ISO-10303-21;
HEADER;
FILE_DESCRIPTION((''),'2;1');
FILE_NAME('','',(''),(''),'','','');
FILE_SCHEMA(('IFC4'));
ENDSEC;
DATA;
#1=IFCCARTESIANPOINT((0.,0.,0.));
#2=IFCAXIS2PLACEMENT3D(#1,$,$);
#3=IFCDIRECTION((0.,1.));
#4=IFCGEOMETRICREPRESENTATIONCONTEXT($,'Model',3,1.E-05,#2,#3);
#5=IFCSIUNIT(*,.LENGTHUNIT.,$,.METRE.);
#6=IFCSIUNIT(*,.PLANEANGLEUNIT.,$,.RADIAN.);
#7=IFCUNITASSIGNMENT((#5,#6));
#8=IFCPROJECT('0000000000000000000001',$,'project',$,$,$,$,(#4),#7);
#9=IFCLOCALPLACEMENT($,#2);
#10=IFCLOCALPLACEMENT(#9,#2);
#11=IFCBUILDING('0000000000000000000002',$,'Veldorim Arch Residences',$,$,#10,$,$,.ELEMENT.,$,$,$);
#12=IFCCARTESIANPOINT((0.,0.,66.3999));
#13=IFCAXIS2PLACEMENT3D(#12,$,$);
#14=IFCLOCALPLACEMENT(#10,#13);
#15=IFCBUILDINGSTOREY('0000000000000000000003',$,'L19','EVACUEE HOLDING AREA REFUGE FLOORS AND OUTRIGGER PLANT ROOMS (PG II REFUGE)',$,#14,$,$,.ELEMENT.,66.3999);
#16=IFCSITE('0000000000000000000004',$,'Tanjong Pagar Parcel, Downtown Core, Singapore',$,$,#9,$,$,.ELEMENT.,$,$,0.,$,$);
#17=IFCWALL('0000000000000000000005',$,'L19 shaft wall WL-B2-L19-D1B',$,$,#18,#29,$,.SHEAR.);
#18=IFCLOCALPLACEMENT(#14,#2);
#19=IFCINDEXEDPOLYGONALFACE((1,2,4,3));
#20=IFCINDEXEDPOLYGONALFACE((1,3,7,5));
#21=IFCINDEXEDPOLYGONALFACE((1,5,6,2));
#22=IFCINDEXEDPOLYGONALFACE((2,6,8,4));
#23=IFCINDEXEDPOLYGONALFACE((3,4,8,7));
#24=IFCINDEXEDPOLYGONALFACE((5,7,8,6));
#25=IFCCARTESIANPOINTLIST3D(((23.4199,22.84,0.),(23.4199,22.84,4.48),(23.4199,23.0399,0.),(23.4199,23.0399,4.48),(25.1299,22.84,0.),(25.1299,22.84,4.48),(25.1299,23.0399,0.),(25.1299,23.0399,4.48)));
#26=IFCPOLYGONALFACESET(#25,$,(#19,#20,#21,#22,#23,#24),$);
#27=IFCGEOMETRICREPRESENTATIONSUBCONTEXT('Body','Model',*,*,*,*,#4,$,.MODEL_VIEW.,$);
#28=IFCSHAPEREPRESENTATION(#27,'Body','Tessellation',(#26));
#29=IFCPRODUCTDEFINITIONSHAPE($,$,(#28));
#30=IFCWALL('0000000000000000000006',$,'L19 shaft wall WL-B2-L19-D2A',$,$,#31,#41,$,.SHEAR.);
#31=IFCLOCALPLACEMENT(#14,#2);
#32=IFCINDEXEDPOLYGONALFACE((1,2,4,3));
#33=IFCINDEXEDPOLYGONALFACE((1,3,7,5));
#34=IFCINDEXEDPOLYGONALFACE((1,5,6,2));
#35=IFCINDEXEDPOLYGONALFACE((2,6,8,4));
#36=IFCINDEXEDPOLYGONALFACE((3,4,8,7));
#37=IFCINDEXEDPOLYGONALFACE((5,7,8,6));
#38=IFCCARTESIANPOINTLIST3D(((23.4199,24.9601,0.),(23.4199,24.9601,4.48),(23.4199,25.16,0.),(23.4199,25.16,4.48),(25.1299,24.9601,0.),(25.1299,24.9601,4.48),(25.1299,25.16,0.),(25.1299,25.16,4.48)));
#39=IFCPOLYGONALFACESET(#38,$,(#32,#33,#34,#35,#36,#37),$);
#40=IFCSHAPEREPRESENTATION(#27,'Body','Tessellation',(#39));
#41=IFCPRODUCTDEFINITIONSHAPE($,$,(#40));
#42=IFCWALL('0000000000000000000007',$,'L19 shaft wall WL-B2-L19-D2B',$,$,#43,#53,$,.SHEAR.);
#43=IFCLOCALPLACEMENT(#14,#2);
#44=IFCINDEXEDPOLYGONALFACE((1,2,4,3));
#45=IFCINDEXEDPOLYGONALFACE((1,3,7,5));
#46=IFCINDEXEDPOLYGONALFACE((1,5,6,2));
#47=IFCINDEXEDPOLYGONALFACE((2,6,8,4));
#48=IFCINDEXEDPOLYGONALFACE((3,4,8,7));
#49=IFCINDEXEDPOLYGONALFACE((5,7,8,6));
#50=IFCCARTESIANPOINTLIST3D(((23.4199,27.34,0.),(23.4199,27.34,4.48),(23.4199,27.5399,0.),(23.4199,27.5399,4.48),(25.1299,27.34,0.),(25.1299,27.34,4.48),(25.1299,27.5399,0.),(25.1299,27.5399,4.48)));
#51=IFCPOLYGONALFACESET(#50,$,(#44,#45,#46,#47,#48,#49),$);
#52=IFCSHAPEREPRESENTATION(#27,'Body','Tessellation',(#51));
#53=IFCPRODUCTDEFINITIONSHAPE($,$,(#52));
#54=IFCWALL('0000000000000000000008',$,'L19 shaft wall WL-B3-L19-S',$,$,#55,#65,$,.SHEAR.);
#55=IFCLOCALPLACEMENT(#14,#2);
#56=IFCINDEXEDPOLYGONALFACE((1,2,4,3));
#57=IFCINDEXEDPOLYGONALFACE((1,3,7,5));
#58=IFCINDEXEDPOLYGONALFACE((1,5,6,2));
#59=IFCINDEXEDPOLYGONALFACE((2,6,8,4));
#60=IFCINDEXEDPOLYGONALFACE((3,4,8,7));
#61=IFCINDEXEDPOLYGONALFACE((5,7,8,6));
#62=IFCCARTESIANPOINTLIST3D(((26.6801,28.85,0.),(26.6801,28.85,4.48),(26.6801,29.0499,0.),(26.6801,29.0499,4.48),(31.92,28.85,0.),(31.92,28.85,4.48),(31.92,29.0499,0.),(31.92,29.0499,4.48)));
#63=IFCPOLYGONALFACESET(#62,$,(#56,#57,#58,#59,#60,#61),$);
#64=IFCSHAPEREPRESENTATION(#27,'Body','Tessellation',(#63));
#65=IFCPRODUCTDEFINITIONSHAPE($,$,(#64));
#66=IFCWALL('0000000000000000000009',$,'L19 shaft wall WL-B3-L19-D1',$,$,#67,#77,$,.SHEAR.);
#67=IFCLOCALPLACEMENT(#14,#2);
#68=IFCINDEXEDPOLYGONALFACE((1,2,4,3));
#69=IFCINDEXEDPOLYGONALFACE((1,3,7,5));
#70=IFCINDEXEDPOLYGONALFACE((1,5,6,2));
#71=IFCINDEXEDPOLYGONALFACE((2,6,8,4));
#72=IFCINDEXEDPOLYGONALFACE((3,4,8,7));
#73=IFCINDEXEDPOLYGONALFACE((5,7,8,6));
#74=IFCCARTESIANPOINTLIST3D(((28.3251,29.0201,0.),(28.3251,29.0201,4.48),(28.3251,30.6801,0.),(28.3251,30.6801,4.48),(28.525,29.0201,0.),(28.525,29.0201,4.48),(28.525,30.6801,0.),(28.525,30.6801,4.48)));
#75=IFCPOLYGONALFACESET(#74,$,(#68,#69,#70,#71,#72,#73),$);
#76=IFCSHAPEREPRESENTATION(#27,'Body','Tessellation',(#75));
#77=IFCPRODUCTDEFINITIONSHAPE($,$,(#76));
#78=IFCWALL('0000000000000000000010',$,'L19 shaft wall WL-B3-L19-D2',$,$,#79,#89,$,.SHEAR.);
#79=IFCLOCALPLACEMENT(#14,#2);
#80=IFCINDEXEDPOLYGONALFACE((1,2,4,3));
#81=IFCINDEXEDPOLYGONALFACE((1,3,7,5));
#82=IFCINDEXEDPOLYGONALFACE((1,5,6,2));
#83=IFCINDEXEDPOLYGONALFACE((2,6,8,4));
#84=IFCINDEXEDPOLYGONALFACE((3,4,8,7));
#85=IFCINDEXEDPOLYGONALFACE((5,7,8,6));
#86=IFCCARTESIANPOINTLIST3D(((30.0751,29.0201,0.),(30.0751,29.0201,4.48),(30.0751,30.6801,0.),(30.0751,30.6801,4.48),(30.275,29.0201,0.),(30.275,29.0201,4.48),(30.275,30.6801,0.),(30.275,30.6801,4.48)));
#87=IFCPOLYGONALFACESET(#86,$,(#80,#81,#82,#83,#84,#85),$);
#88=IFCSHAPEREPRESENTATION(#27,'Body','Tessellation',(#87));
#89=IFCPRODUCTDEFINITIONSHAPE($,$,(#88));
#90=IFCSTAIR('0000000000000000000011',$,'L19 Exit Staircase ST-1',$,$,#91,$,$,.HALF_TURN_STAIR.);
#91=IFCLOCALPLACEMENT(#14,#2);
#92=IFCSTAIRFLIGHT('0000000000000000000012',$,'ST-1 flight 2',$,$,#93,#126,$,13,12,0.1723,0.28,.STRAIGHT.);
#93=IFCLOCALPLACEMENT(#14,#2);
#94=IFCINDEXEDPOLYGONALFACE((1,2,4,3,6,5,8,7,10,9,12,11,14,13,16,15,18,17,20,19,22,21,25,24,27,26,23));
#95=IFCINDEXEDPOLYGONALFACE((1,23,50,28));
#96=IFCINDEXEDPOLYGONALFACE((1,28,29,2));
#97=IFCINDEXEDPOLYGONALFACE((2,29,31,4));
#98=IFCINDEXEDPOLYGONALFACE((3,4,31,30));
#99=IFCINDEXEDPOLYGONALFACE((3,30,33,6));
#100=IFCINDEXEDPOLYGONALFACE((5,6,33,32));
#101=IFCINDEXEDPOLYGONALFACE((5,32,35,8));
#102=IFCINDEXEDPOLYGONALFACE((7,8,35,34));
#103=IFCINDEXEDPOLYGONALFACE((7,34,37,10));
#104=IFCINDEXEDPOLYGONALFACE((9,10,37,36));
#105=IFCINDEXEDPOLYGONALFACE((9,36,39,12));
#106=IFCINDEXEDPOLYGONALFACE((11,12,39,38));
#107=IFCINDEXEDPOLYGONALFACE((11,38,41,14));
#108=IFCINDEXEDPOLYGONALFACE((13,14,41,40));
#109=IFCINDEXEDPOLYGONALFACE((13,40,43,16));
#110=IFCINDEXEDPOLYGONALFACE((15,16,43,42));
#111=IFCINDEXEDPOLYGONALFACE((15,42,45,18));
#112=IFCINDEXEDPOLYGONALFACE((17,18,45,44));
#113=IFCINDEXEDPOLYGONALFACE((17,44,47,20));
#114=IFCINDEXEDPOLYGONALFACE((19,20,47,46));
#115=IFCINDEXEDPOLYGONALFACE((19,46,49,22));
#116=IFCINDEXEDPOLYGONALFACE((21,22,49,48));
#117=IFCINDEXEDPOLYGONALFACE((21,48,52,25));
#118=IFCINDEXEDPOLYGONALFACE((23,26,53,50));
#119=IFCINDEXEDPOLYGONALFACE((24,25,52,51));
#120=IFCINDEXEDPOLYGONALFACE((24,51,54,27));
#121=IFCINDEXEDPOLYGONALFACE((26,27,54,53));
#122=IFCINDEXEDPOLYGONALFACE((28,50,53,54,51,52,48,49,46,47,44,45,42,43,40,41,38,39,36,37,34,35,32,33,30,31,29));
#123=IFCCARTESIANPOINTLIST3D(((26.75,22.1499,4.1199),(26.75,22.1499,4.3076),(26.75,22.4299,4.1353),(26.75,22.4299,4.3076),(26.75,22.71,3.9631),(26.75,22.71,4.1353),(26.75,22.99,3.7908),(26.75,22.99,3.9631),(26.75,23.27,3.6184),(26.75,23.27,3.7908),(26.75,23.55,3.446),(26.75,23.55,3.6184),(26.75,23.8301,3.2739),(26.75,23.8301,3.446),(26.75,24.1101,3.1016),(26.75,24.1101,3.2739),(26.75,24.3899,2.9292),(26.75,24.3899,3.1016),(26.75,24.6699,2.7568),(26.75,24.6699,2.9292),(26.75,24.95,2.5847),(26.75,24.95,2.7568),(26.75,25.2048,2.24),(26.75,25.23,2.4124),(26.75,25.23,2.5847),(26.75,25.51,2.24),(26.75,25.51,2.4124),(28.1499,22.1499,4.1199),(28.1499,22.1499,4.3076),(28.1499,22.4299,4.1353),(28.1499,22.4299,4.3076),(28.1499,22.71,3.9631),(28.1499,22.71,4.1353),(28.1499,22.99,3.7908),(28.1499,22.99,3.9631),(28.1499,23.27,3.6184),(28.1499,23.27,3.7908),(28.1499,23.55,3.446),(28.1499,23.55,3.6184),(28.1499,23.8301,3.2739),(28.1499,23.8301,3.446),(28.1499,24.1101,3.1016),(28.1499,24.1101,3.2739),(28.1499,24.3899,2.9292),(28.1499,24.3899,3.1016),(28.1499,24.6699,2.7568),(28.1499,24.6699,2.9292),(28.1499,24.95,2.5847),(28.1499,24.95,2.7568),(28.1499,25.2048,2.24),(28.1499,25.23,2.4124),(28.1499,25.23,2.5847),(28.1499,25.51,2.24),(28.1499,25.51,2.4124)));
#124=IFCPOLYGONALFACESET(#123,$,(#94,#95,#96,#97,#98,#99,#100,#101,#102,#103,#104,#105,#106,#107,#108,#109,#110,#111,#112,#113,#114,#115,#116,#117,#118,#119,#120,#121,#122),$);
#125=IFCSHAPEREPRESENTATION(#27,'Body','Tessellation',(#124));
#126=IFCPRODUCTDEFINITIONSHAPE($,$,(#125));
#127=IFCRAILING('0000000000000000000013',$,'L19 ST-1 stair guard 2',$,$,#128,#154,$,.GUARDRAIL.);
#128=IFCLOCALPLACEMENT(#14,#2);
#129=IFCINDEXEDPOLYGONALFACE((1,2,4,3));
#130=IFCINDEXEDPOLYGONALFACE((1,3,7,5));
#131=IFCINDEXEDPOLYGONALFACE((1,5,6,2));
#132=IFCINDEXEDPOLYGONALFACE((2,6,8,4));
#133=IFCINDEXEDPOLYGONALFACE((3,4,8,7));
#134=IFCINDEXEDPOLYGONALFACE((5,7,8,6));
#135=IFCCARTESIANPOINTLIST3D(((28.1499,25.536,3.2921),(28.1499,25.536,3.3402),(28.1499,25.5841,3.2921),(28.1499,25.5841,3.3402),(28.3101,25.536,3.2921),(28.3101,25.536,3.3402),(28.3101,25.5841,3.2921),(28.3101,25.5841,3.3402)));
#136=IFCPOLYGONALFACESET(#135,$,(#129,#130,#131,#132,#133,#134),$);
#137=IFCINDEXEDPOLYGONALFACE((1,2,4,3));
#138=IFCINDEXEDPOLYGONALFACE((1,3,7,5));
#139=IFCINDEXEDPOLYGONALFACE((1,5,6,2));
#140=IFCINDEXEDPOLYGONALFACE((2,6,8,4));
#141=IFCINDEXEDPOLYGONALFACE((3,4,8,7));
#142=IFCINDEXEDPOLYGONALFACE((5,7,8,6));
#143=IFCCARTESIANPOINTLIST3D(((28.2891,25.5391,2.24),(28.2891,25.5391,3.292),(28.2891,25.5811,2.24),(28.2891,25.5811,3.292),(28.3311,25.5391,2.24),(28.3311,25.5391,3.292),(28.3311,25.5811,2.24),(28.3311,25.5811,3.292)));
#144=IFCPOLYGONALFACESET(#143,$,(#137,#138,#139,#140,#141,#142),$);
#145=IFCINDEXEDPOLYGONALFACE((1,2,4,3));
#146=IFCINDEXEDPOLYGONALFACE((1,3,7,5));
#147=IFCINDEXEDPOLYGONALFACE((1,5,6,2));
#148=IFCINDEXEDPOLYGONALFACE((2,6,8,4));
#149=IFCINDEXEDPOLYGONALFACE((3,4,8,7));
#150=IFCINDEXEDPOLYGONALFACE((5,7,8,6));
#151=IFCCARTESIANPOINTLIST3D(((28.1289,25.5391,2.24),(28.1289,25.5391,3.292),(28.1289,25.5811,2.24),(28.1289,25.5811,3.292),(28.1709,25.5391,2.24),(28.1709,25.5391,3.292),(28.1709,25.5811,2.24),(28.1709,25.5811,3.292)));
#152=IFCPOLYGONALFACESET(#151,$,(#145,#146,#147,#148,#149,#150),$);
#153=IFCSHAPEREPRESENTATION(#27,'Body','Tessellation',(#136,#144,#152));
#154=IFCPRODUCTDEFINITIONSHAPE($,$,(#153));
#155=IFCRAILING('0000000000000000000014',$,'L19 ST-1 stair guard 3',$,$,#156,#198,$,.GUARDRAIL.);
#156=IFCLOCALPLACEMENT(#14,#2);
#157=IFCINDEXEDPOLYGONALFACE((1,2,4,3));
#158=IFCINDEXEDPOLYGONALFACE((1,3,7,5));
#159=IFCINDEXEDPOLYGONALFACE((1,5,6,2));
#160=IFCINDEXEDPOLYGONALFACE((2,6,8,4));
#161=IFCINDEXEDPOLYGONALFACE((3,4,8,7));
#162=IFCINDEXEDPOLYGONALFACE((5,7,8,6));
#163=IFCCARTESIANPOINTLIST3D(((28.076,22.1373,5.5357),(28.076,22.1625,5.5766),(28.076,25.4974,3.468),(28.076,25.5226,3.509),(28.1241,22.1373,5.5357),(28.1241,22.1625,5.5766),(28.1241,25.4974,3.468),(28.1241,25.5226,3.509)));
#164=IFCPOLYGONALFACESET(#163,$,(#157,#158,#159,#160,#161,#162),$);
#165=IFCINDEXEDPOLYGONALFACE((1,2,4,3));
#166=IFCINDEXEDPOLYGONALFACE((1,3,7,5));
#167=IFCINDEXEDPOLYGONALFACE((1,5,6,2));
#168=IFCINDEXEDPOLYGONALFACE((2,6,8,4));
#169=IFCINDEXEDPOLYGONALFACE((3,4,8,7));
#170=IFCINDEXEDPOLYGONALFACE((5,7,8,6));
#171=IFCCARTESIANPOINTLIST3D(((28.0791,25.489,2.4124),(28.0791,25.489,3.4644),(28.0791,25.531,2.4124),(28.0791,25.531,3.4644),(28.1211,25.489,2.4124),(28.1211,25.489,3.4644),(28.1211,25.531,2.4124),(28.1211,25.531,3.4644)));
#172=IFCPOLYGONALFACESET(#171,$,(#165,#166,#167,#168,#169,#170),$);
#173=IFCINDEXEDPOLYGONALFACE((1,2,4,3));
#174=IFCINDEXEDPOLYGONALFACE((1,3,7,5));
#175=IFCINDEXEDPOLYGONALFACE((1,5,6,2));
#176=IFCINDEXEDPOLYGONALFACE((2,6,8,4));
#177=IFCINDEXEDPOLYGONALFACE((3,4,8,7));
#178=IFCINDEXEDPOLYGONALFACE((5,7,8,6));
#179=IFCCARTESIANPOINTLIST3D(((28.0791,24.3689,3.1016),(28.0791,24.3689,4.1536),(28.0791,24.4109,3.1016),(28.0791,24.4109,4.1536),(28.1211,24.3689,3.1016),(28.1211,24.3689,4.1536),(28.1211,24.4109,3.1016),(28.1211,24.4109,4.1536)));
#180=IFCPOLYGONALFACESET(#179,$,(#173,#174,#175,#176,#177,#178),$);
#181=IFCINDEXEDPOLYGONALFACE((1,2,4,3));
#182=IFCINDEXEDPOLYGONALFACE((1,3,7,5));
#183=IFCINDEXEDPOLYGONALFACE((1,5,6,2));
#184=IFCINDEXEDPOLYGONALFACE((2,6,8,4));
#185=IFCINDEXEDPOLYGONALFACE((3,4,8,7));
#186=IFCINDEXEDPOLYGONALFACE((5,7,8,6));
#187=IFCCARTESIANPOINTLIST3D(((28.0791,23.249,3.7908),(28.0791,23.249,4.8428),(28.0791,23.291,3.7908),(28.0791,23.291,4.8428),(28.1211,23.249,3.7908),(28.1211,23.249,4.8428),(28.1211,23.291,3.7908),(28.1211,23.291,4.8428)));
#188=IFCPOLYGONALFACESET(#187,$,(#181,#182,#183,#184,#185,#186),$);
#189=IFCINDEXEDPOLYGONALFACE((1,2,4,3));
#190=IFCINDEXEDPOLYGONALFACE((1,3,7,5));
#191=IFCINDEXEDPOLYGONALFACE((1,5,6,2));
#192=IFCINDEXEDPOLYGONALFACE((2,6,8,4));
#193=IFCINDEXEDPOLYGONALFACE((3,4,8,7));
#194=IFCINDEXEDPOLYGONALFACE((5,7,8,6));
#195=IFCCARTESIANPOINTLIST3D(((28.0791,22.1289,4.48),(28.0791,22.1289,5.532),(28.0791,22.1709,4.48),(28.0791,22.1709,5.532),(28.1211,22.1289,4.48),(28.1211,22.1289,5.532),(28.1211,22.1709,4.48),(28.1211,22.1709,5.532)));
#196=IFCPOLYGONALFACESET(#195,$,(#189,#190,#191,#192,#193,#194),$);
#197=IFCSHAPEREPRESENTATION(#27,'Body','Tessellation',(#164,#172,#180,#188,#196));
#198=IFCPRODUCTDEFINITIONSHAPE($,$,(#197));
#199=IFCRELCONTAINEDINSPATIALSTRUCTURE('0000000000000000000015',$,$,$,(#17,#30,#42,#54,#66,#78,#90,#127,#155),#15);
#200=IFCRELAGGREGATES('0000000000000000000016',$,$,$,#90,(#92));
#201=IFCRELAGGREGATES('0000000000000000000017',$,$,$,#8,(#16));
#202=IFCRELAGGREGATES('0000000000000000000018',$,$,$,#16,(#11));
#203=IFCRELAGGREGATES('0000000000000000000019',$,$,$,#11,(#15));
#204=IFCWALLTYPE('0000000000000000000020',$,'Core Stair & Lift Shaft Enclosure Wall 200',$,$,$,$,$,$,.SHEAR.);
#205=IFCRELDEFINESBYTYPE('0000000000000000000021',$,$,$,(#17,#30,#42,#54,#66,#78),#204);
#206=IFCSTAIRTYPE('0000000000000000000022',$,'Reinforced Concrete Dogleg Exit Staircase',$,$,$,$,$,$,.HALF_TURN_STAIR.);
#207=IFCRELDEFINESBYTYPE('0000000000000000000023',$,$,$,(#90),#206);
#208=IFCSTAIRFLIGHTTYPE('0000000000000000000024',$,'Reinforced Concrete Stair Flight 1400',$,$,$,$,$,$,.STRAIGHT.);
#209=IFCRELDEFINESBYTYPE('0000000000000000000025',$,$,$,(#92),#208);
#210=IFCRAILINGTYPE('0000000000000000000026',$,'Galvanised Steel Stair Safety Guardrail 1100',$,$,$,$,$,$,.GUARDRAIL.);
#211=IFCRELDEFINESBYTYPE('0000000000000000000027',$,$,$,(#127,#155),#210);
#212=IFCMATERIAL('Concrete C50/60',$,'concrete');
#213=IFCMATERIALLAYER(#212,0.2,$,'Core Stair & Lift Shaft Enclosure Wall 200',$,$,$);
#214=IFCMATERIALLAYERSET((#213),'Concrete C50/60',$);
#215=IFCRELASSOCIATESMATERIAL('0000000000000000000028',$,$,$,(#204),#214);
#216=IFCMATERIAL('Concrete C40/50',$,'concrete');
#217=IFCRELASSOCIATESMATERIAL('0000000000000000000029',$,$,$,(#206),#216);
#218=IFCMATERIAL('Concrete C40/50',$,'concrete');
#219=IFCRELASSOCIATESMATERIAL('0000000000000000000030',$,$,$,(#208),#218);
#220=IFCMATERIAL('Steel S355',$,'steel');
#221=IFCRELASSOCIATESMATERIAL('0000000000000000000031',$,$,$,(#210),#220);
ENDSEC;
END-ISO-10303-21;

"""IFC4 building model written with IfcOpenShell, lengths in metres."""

from ifc_helpers import new_model, si_unit, direction, frame, frame_2d, origin, origin_2d, place, context, subcontext, project, spatial, polyline, rectangle, outline, extrude, material, layer, layer_set, type_object, element, aggregate, save


model = new_model("IFC4")

# Units and contexts
model_context = context("Model", 3, precision=1e-05, world=origin(), true_north=direction((0.0, 1.0)))
body_context = subcontext(model_context, "Body", "Model", "MODEL_VIEW")
ifc_project = project(units=[si_unit("LENGTHUNIT", "METRE"), si_unit("PLANEANGLEUNIT", "RADIAN")], contexts=[model_context])

# Site, building, storey
site_placement = place(None, origin())
site = spatial("IfcSite", under=ifc_project, at=site_placement, Name="Tanjong Pagar Parcel, Downtown Core, Singapore", CompositionType="ELEMENT", RefElevation=0.0)
building_placement = place(site_placement, origin())
building = spatial("IfcBuilding", under=site, at=building_placement, Name="Veldorim Arch Residences", CompositionType="ELEMENT")
storey_placement = place(building_placement, frame((0.0, 0.0, 66.3999)))
storey = spatial("IfcBuildingStorey", under=building, at=storey_placement, Name="L19", Description="EVACUEE HOLDING AREA REFUGE FLOORS AND OUTRIGGER PLANT ROOMS (PG II REFUGE)", CompositionType="ELEMENT", Elevation=66.3999)

# Walls
ifc_material_1 = material(Name="Concrete C50/60", Category="concrete")
ifc_layer_1 = layer(ifc_material_1, 0.2, Name="Core Stair & Lift Shaft Enclosure Wall 200")
ifc_layer_set_1 = layer_set([ifc_layer_1], Name="Concrete C50/60")
wall_type_1 = type_object("IfcWallType", Name="Core Stair & Lift Shaft Enclosure Wall 200", PredefinedType="SHEAR", material=ifc_layer_set_1)
for number, where, z_axis, x_axis, name in (
    (1, (23.4199, 22.9399, 0.0), (0.0, 0.0, 1.0), (1.0, 0.0, 0.0), "L19 shaft wall WL-B2-L19-D1B"),
    (2, (23.4199, 25.0601, 0.0), (0.0, 0.0, 1.0), (1.0, 0.0, 0.0), "L19 shaft wall WL-B2-L19-D2A"),
    (3, (23.4199, 27.4399, 0.0), (0.0, 0.0, 1.0), (1.0, 0.0, 0.0), "L19 shaft wall WL-B2-L19-D2B"),
):
    element("IfcWall", number, at=place(storey_placement, frame(where, z_axis=z_axis, x_axis=x_axis)), inside=storey, type_object=wall_type_1, Name=name, PredefinedType="SHEAR", context=body_context, shape_type="SweptSolid", body=[
        extrude(rectangle(XDim=1.71, YDim=0.2, at=frame_2d((0.855, 0.0))), origin(), (0.0, 0.0, 1.0), 4.48),
    ])
wall_1_placement = place(storey_placement, frame((26.6799, 28.95, 0.0), z_axis=(0.0, 0.0, 1.0), x_axis=(1.0, 0.0, 0.0)))
element("IfcWall", 4, at=wall_1_placement, inside=storey, type_object=wall_type_1, Name="L19 shaft wall WL-B3-L19-S", PredefinedType="SHEAR", context=body_context, shape_type="SweptSolid", body=[
    extrude(rectangle(XDim=5.24, YDim=0.2, at=frame_2d((2.6201, 0.0))), origin(), (0.0, 0.0, 1.0), 4.48),
])
for number, where, z_axis, x_axis, name in (
    (5, (28.425, 29.02, 0.0), (0.0, 0.0, 1.0), (0.0, 1.0, 0.0), "L19 shaft wall WL-B3-L19-D1"),
    (6, (30.175, 29.02, 0.0), (0.0, 0.0, 1.0), (0.0, 1.0, 0.0), "L19 shaft wall WL-B3-L19-D2"),
):
    element("IfcWall", number, at=place(storey_placement, frame(where, z_axis=z_axis, x_axis=x_axis)), inside=storey, type_object=wall_type_1, Name=name, PredefinedType="SHEAR", context=body_context, shape_type="SweptSolid", body=[
        extrude(rectangle(XDim=1.6599, YDim=0.2, at=frame_2d((0.8301, 0.0))), origin(), (0.0, 0.0, 1.0), 4.48),
    ])

# Stair, stair flight
ifc_material_2 = material(Name="Concrete C40/50", Category="concrete")
stair_type = type_object("IfcStairType", Name="Reinforced Concrete Dogleg Exit Staircase", PredefinedType="HALF_TURN_STAIR", material=ifc_material_2)
stair_placement = place(storey_placement, origin())
stair = element("IfcStair", 7, at=stair_placement, inside=storey, type_object=stair_type, Name="L19 Exit Staircase ST-1", PredefinedType="HALF_TURN_STAIR")
ifc_material_3 = material(Name="Concrete C40/50", Category="concrete")
stair_flight_type = type_object("IfcStairFlightType", Name="Reinforced Concrete Stair Flight 1400", PredefinedType="STRAIGHT", material=ifc_material_3)
stair_flight_placement = place(storey_placement, frame((27.45, 25.51, 2.24), z_axis=(0.0, 0.0, 1.0), x_axis=(0.0, -1.0, 0.0)))
stair_flight = element("IfcStairFlight", 8, at=stair_flight_placement, type_object=stair_flight_type, Name="ST-1 flight 2", NumberOfRisers=13, NumberOfTreads=12, PredefinedType="STRAIGHT", RiserHeight=0.1723, TreadLength=0.28, context=body_context, shape_type="SweptSolid", body=[
    extrude(outline(polyline([(0.0, 0.0), (0.0, 0.1724), (0.28, 0.1724), (0.28, 0.3447), (0.5601, 0.3447), (0.5601, 0.5168), (0.8401, 0.5168), (0.8401, 0.6892), (1.1201, 0.6892), (1.1201, 0.8616), (1.3999, 0.8616), (1.3999, 1.0339), (1.6799, 1.0339), (1.6799, 1.2061), (1.96, 1.2061), (1.96, 1.3784), (2.24, 1.3784), (2.24, 1.5508), (2.52, 1.5508), (2.52, 1.7231), (2.8, 1.7231), (2.8, 1.8953), (3.0801, 1.8953), (3.0801, 2.0676), (3.3601, 2.0676), (3.3601, 2.24), (3.3601, 1.8799), (0.3052, 0.0), (0.0, 0.0)])), frame((0.0, 0.7, 0.0), z_axis=(0.0, -1.0, 0.0), x_axis=(1.0, 0.0, 0.0)), (0.0, 0.0, 1.0), 1.3999),
])
aggregate(stair, [stair_flight])

# Railings
ifc_material_4 = material(Name="Steel S355", Category="steel")
railing_type_1 = type_object("IfcRailingType", Name="Galvanised Steel Stair Safety Guardrail 1100", PredefinedType="GUARDRAIL", material=ifc_material_4)
railing_1_placement = place(storey_placement, frame((28.3101, 25.5601, 2.24)))
element("IfcRailing", 9, at=railing_1_placement, inside=storey, type_object=railing_type_1, Name="L19 ST-1 stair guard 2", PredefinedType="GUARDRAIL", context=body_context, shape_type="SweptSolid", body=[
    extrude(rectangle(XDim=0.0481, YDim=0.0481, at=origin_2d()), frame((0.0, 0.0, 1.0762), z_axis=(-1.0, 0.0, 0.0), x_axis=(0.0, -1.0, 0.0)), (0.0, 0.0, 1.0), 0.1602),
    extrude(rectangle(XDim=0.042, YDim=0.042, at=origin_2d()), origin(), (0.0, 0.0, 1.0), 1.052),
    extrude(rectangle(XDim=0.042, YDim=0.042, at=origin_2d()), frame((-0.1602, 0.0, 0.0)), (0.0, 0.0, 1.0), 1.052),
])
railing_2_placement = place(storey_placement, frame((28.1001, 25.51, 2.4124)))
element("IfcRailing", 10, at=railing_2_placement, inside=storey, type_object=railing_type_1, Name="L19 ST-1 stair guard 3", PredefinedType="GUARDRAIL", context=body_context, shape_type="SweptSolid", body=[
    extrude(rectangle(XDim=0.0481, YDim=0.0481, at=origin_2d()), frame((0.0, 0.0, 1.0762), z_axis=(0.0, -0.851673, 0.524073), x_axis=(1.0, 0.0, 0.0)), (0.0, 0.0, 1.0), 3.9453),
    extrude(rectangle(XDim=0.042, YDim=0.042, at=origin_2d()), origin(), (0.0, 0.0, 1.0), 1.052),
    extrude(rectangle(XDim=0.042, YDim=0.042, at=origin_2d()), frame((0.0, -1.1201, 0.6892)), (0.0, 0.0, 1.0), 1.052),
    extrude(rectangle(XDim=0.042, YDim=0.042, at=origin_2d()), frame((0.0, -2.24, 1.3784)), (0.0, 0.0, 1.0), 1.052),
    extrude(rectangle(XDim=0.042, YDim=0.042, at=origin_2d()), frame((0.0, -3.3601, 2.0676)), (0.0, 0.0, 1.0), 1.052),
])

save(model, "model.ifc")
